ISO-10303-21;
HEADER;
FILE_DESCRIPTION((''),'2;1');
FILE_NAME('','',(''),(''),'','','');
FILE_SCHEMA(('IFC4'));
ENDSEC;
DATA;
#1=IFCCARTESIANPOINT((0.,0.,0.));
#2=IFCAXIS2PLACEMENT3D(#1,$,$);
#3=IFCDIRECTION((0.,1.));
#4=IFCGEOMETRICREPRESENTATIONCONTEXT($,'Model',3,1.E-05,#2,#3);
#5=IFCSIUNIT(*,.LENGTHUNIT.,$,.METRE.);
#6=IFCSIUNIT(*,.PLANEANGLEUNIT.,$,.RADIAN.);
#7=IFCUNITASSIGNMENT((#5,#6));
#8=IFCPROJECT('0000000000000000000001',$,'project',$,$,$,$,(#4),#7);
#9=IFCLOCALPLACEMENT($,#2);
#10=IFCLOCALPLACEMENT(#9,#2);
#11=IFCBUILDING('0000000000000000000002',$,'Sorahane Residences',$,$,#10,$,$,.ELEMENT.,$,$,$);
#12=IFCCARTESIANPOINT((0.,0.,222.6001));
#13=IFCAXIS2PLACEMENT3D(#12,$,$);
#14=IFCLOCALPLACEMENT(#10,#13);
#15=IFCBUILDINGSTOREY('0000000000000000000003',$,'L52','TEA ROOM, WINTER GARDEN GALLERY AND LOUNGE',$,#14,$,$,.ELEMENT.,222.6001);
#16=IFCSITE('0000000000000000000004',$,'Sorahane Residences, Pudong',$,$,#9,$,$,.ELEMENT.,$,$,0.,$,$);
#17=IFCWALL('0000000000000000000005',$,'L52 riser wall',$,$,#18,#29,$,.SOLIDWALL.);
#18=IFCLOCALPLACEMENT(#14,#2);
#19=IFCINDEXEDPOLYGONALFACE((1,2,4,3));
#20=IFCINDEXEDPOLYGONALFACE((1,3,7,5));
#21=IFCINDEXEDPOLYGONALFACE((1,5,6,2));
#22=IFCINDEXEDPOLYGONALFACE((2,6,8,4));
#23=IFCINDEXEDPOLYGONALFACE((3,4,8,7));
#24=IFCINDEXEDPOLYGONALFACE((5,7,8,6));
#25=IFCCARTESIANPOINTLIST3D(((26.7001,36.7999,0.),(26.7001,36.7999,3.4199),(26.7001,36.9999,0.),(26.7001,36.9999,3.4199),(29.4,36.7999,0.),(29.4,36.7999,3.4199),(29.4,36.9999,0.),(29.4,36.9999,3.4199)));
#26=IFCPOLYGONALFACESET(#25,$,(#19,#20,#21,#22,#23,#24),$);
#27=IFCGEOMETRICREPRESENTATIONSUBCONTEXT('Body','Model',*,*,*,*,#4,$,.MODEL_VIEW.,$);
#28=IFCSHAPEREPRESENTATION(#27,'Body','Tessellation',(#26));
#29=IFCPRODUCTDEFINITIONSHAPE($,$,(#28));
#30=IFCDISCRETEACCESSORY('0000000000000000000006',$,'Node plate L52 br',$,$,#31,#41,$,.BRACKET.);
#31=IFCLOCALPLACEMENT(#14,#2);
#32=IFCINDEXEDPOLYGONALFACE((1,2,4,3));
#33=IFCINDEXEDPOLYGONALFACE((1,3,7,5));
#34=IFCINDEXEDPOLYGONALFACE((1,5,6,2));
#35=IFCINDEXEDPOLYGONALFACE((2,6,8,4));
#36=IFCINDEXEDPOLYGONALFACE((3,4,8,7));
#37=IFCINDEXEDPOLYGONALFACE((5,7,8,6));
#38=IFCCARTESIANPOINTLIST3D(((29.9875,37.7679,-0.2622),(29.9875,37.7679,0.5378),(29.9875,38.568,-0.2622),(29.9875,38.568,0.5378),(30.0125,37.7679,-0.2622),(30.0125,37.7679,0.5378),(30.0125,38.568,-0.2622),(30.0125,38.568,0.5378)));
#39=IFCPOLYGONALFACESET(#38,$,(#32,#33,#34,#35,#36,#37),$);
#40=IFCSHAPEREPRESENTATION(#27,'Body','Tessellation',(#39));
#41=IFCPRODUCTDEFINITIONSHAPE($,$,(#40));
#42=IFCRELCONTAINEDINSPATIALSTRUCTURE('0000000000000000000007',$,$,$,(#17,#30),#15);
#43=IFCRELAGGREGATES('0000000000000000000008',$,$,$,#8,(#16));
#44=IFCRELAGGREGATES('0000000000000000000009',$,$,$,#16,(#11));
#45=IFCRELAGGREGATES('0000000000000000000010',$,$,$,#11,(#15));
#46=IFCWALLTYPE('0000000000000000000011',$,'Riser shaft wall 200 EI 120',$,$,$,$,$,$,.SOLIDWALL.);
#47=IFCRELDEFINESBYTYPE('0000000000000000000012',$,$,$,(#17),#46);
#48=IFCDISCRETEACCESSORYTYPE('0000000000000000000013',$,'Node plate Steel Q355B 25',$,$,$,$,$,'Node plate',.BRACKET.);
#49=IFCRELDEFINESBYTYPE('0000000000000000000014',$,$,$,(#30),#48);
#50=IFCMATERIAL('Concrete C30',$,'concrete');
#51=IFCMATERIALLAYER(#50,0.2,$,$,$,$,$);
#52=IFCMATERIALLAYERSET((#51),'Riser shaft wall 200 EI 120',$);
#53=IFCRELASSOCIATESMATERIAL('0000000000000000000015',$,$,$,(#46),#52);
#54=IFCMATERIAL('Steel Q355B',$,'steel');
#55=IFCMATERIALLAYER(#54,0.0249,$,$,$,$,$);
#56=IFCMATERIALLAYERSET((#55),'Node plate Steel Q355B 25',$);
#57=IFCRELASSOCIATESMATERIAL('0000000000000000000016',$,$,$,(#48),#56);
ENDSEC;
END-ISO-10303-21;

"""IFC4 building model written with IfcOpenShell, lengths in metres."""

from ifc_helpers import new_model, si_unit, direction, frame, frame_2d, origin, origin_2d, place, context, subcontext, project, spatial, rectangle, extrude, material, layer, layer_set, type_object, element, save


model = new_model("IFC4")

# Units and contexts
model_context = context("Model", 3, precision=1e-05, world=origin(), true_north=direction((0.0, 1.0)))
body_context = subcontext(model_context, "Body", "Model", "MODEL_VIEW")
ifc_project = project(units=[si_unit("LENGTHUNIT", "METRE"), si_unit("PLANEANGLEUNIT", "RADIAN")], contexts=[model_context])

# Site, building, storey
site_placement = place(None, origin())
site = spatial("IfcSite", under=ifc_project, at=site_placement, Name="Sorahane Residences, Pudong", CompositionType="ELEMENT", RefElevation=0.0)
building_placement = place(site_placement, origin())
building = spatial("IfcBuilding", under=site, at=building_placement, Name="Sorahane Residences", CompositionType="ELEMENT")
storey_placement = place(building_placement, frame((0.0, 0.0, 222.6001)))
storey = spatial("IfcBuildingStorey", under=building, at=storey_placement, Name="L52", Description="TEA ROOM, WINTER GARDEN GALLERY AND LOUNGE", CompositionType="ELEMENT", Elevation=222.6001)

# Wall
ifc_material_1 = material(Name="Concrete C30", Category="concrete")
ifc_layer_1 = layer(ifc_material_1, 0.2)
ifc_layer_set_1 = layer_set([ifc_layer_1], Name="Riser shaft wall 200 EI 120")
wall_type_1 = type_object("IfcWallType", Name="Riser shaft wall 200 EI 120", PredefinedType="SOLIDWALL", material=ifc_layer_set_1)
wall_1_placement = place(storey_placement, frame((26.7, 36.8999, 0.0), z_axis=(0.0, 0.0, 1.0), x_axis=(1.0, 0.0, 0.0)))
element("IfcWall", 1, at=wall_1_placement, inside=storey, type_object=wall_type_1, Name="L52 riser wall", PredefinedType="SOLIDWALL", context=body_context, shape_type="SweptSolid", body=[
    extrude(rectangle(XDim=2.7, YDim=0.2, at=frame_2d((1.3501, 0.0))), origin(), (0.0, 0.0, 1.0), 3.4199),
])

# Discrete accessory
ifc_material_2 = material(Name="Steel Q355B", Category="steel")
ifc_layer_2 = layer(ifc_material_2, 0.0249)
ifc_layer_set_2 = layer_set([ifc_layer_2], Name="Node plate Steel Q355B 25")
discrete_accessory_type = type_object("IfcDiscreteAccessoryType", Name="Node plate Steel Q355B 25", ElementType="Node plate", PredefinedType="BRACKET", material=ifc_layer_set_2)
discrete_accessory_placement = place(storey_placement, frame((30.0, 38.168, -0.2622), z_axis=(0.0, 0.0, 1.0), x_axis=(0.0, 1.0, 0.0)))
element("IfcDiscreteAccessory", 2, at=discrete_accessory_placement, inside=storey, type_object=discrete_accessory_type, Name="Node plate L52 br", PredefinedType="BRACKET", context=body_context, shape_type="SweptSolid", body=[
    extrude(rectangle(XDim=0.8, YDim=0.0249, at=origin_2d()), origin(), (0.0, 0.0, 1.0), 0.8),
])

save(model, "model.ifc")
